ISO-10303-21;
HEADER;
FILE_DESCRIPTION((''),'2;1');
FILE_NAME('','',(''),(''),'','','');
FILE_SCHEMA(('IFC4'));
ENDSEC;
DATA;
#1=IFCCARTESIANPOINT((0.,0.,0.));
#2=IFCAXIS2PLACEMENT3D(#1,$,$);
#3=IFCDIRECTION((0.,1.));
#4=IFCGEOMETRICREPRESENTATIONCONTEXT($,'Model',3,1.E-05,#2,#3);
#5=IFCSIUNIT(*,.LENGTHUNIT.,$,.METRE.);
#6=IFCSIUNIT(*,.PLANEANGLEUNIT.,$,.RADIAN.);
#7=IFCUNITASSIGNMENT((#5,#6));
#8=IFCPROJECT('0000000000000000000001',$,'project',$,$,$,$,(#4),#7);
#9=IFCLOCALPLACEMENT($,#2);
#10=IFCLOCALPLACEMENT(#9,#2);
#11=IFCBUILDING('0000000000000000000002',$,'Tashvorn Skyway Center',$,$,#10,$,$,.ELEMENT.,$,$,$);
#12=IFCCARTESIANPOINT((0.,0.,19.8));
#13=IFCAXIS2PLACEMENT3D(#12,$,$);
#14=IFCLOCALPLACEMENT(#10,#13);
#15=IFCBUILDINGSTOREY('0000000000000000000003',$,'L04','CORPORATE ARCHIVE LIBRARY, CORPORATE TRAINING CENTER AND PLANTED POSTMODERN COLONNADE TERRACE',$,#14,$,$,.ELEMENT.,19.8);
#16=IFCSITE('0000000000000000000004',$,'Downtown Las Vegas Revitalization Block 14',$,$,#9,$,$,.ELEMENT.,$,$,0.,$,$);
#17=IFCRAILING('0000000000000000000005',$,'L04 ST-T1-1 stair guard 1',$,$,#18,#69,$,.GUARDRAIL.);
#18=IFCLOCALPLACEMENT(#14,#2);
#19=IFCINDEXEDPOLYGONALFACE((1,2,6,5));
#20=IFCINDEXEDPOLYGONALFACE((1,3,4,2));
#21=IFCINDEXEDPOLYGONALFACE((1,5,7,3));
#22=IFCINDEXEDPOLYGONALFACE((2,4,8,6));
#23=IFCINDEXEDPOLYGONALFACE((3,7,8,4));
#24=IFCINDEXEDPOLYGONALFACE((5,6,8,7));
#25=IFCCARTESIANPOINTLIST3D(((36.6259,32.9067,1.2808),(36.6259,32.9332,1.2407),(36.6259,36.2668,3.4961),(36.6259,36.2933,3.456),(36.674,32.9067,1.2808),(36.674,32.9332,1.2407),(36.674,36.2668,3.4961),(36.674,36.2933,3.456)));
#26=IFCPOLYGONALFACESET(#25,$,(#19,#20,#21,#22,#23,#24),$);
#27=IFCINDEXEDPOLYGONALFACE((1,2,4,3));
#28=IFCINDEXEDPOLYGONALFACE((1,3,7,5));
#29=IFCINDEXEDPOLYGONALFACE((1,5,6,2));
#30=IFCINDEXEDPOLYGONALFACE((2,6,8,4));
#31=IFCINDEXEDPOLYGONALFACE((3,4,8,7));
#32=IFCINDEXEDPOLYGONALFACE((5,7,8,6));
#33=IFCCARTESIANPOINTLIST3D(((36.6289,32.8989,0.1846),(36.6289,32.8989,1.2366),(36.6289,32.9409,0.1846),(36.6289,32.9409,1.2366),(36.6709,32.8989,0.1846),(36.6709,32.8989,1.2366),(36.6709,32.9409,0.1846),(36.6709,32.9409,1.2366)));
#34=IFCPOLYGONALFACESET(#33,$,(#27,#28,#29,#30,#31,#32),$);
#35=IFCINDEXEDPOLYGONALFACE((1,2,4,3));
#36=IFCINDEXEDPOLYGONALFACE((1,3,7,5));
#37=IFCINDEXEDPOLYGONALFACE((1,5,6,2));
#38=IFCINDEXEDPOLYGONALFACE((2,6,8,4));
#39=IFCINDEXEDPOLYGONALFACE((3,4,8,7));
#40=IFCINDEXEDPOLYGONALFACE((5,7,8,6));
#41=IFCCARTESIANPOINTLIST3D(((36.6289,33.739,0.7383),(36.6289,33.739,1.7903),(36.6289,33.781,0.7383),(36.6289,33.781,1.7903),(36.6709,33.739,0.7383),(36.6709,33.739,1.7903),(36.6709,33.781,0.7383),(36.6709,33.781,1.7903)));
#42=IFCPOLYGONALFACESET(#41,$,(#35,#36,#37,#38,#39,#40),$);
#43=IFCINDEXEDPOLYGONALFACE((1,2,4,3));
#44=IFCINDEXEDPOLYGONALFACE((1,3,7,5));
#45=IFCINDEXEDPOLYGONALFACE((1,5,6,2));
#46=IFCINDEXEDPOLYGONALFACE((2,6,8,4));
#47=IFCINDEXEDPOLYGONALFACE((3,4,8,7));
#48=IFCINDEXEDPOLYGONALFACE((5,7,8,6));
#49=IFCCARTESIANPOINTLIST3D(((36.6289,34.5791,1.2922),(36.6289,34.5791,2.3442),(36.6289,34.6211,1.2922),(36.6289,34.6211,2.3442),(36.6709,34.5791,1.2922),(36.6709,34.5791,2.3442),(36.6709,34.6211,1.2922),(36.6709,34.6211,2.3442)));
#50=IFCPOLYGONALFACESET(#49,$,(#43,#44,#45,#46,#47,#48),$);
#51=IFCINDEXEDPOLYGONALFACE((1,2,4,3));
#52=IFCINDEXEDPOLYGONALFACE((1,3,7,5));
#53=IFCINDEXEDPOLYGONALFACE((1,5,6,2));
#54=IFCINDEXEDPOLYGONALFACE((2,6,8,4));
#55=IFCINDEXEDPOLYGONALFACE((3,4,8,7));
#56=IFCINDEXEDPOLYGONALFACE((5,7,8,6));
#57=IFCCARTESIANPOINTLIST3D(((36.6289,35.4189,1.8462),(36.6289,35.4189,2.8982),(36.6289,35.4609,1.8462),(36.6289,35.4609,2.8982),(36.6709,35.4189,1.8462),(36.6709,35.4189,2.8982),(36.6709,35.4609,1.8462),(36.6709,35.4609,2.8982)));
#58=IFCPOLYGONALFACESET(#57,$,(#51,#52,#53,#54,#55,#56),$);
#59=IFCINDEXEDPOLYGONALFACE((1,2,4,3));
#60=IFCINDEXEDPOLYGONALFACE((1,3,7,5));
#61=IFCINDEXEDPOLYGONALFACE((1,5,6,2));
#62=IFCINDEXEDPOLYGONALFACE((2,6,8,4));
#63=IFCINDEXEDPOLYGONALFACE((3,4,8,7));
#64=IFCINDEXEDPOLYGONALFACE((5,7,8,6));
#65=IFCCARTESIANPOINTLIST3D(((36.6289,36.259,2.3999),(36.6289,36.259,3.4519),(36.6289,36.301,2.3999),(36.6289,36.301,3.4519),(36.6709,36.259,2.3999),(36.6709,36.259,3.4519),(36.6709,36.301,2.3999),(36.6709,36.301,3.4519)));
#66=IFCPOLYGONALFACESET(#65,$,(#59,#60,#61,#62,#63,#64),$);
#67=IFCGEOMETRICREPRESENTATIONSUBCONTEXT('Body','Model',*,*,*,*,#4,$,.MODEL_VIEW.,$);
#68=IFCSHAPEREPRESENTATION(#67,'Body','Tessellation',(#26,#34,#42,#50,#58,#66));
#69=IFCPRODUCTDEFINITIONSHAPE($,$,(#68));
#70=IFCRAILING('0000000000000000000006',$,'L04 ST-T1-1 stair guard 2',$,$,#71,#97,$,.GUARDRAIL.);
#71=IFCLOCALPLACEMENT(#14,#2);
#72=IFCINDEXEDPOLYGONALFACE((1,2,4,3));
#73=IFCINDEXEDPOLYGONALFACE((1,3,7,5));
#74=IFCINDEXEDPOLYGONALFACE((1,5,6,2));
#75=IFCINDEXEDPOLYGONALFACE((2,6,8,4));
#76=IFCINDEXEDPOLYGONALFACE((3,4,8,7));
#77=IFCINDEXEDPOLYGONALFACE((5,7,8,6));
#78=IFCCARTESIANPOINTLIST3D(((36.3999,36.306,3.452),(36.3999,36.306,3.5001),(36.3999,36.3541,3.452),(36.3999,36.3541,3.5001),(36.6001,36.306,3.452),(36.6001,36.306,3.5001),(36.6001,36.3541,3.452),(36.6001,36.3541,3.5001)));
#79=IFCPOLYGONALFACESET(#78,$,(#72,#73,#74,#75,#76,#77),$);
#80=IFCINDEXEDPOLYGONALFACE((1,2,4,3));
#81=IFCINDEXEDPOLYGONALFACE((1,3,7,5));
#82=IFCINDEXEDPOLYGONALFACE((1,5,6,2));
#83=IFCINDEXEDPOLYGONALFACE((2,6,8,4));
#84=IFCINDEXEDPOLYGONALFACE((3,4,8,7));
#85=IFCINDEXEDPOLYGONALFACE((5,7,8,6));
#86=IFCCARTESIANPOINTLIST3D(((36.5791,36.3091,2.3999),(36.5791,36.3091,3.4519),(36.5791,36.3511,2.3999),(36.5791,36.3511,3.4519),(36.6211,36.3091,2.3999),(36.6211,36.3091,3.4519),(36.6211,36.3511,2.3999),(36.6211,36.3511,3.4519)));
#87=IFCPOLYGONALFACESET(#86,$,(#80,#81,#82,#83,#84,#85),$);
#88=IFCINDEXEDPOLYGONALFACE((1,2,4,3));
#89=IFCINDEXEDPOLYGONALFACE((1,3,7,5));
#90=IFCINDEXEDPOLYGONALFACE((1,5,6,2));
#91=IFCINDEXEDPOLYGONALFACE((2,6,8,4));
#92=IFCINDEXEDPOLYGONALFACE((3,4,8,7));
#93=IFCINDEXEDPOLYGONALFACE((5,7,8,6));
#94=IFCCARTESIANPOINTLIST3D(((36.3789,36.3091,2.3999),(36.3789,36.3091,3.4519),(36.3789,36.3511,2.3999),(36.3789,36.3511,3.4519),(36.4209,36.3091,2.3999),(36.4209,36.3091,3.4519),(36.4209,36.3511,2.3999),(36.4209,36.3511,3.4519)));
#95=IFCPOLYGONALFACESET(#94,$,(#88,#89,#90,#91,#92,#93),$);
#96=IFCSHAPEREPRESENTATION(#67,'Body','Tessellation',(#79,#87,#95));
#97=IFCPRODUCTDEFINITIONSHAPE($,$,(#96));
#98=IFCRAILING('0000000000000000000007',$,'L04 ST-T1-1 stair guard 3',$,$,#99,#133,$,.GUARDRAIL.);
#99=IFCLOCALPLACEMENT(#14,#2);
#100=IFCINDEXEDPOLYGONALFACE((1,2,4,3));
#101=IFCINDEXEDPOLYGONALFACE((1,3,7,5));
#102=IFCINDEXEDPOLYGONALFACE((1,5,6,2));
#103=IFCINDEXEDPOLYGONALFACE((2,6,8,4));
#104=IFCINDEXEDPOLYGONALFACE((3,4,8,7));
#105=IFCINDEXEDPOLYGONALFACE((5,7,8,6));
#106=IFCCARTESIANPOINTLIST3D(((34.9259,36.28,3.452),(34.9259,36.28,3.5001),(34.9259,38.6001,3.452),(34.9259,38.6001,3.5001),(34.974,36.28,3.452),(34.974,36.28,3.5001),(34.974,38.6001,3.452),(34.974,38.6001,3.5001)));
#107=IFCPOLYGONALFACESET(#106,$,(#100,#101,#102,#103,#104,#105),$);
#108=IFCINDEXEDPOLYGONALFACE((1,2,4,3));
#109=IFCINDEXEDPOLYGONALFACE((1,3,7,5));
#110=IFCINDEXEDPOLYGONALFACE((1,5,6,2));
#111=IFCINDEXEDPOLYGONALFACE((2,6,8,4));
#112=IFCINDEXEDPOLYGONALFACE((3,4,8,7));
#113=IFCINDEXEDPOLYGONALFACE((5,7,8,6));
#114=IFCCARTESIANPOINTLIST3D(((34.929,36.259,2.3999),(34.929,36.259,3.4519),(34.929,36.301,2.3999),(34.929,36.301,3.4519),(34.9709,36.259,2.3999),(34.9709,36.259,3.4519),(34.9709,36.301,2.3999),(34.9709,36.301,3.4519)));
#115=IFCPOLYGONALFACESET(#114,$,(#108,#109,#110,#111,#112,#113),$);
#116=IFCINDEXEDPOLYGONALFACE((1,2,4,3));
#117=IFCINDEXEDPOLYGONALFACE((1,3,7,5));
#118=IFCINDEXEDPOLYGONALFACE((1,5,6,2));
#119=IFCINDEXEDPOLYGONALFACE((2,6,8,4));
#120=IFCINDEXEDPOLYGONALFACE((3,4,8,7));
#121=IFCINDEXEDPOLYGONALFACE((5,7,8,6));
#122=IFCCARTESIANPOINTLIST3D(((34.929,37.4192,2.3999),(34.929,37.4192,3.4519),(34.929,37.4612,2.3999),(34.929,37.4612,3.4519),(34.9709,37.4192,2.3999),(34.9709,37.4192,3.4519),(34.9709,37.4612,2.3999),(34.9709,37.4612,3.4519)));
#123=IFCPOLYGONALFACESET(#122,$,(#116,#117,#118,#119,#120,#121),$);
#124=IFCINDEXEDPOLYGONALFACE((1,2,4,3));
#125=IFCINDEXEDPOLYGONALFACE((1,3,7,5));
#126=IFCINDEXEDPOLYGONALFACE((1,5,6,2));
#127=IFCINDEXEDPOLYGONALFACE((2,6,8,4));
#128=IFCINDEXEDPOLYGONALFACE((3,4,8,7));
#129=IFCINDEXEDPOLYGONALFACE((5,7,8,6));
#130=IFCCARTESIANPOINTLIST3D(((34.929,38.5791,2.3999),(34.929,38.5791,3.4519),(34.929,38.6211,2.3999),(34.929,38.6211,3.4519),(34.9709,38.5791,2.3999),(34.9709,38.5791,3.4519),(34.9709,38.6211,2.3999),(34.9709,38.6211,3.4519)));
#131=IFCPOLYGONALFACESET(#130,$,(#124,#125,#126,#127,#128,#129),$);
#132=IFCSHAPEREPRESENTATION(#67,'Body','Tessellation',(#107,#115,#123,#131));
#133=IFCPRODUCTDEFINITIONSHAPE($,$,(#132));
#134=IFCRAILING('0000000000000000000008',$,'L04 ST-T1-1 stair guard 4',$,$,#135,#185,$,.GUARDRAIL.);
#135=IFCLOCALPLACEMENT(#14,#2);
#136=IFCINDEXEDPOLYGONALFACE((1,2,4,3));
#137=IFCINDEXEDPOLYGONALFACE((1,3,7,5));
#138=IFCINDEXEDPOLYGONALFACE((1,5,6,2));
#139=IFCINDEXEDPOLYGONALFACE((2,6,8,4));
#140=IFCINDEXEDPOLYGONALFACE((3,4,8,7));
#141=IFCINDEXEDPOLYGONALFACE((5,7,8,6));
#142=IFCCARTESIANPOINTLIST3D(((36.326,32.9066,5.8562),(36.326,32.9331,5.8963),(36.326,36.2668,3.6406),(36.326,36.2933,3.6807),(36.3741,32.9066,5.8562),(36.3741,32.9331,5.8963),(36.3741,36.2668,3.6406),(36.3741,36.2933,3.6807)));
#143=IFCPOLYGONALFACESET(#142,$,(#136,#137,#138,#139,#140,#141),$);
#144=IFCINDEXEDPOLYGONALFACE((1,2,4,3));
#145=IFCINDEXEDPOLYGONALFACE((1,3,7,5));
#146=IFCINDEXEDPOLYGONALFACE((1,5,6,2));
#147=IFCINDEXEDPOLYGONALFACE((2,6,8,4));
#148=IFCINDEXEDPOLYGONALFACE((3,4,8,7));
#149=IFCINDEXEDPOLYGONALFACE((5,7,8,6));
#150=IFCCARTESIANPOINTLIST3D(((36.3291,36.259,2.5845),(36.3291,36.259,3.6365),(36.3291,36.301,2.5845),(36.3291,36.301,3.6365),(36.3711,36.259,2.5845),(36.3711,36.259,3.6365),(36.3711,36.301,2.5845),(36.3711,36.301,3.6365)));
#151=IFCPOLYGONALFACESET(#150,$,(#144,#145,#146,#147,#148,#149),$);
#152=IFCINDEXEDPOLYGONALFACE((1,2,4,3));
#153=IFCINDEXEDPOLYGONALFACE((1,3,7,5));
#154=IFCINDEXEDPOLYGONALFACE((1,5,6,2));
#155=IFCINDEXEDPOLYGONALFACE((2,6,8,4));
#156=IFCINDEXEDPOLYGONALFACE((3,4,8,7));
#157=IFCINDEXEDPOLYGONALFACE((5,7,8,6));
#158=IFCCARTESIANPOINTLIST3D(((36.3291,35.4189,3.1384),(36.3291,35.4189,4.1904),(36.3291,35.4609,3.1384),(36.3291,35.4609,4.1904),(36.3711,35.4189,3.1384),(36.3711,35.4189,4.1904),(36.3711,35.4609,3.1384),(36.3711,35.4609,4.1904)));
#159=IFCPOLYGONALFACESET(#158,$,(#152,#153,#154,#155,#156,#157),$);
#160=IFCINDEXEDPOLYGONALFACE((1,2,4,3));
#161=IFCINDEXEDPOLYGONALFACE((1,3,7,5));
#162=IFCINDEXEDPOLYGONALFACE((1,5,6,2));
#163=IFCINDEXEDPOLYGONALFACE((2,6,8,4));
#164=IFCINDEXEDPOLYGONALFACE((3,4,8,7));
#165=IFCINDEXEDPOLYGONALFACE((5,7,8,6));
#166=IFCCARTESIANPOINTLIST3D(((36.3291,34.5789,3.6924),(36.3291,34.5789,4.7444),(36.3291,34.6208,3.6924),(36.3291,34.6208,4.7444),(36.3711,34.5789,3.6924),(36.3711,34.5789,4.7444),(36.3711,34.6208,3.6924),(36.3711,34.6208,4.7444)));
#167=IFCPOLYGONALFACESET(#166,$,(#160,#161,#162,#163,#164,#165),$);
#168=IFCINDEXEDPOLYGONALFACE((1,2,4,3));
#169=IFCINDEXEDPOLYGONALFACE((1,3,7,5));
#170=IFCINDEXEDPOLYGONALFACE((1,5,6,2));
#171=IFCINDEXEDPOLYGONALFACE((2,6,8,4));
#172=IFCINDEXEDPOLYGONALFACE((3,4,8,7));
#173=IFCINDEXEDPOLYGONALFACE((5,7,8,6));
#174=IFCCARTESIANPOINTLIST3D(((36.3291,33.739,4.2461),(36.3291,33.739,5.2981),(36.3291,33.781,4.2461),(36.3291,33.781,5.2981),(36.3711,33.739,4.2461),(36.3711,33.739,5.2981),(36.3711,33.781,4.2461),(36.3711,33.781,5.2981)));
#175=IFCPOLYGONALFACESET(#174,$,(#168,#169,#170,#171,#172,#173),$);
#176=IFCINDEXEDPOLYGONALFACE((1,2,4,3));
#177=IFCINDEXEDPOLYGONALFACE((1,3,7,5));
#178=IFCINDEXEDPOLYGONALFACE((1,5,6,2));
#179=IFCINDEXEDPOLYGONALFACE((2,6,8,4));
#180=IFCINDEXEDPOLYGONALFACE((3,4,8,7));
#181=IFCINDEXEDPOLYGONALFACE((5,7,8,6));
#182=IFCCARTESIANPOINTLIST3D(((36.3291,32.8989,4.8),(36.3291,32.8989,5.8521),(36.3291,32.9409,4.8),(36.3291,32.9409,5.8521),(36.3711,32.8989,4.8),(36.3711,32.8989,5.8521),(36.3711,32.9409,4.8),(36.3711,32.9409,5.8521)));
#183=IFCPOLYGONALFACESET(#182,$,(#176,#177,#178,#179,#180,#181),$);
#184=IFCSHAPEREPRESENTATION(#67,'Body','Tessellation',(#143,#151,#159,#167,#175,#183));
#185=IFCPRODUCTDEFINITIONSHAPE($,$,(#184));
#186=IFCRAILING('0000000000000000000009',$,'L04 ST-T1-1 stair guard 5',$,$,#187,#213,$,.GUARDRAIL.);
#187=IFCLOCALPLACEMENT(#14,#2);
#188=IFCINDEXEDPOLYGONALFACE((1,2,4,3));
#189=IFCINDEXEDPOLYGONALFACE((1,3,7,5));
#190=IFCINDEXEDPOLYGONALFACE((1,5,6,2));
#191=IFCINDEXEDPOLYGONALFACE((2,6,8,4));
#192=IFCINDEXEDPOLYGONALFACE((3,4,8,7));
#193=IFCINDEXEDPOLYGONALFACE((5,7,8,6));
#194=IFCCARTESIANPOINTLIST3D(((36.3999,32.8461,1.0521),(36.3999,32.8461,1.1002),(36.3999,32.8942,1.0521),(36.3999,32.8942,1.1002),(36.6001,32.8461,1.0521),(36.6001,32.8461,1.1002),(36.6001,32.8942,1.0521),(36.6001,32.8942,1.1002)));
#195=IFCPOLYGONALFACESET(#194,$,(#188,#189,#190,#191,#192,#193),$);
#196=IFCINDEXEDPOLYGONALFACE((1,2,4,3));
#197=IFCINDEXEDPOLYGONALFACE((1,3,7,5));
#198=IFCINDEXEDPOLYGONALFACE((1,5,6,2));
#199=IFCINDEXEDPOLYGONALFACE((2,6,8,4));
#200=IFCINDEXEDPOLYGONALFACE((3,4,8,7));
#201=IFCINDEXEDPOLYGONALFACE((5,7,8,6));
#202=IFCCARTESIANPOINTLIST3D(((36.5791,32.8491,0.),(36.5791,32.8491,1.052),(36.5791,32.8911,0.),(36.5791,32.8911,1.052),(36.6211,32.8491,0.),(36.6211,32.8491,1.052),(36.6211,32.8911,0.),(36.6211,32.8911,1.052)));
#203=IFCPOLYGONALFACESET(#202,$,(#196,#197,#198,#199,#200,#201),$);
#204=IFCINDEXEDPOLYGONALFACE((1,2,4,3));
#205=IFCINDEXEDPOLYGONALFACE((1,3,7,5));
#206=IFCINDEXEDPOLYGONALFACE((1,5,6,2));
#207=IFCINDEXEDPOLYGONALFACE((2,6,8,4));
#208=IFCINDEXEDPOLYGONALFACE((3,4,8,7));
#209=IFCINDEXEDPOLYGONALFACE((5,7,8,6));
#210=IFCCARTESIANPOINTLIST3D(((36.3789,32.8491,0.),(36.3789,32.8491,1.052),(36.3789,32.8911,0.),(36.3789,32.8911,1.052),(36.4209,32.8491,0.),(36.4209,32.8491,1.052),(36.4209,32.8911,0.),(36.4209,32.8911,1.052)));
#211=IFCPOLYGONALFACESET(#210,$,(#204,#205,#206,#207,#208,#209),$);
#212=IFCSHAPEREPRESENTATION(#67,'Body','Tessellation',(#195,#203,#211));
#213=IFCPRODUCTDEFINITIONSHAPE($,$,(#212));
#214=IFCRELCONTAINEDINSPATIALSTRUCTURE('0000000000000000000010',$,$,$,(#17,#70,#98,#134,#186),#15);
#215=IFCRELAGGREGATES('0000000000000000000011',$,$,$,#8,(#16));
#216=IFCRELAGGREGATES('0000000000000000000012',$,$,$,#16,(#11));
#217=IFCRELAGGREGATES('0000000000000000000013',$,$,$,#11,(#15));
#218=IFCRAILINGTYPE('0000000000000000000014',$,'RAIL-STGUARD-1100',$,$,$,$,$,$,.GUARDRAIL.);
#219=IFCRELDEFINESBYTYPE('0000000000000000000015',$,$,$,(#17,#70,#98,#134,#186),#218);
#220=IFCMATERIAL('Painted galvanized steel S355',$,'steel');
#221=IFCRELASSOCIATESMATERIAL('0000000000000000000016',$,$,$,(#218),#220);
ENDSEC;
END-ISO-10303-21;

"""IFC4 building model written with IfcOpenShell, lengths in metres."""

from ifc_helpers import new_model, si_unit, direction, frame, origin, origin_2d, place, context, subcontext, project, spatial, rectangle, extrude, material, type_object, element, save


model = new_model("IFC4")

# Units and contexts
model_context = context("Model", 3, precision=1e-05, world=origin(), true_north=direction((0.0, 1.0)))
body_context = subcontext(model_context, "Body", "Model", "MODEL_VIEW")
ifc_project = project(units=[si_unit("LENGTHUNIT", "METRE"), si_unit("PLANEANGLEUNIT", "RADIAN")], contexts=[model_context])

# Site, building, storey
site_placement = place(None, origin())
site = spatial("IfcSite", under=ifc_project, at=site_placement, Name="Downtown Las Vegas Revitalization Block 14", CompositionType="ELEMENT", RefElevation=0.0)
building_placement = place(site_placement, origin())
building = spatial("IfcBuilding", under=site, at=building_placement, Name="Tashvorn Skyway Center", CompositionType="ELEMENT")
storey_placement = place(building_placement, frame((0.0, 0.0, 19.8)))
storey = spatial("IfcBuildingStorey", under=building, at=storey_placement, Name="L04", Description="CORPORATE ARCHIVE LIBRARY, CORPORATE TRAINING CENTER AND PLANTED POSTMODERN COLONNADE TERRACE", CompositionType="ELEMENT", Elevation=19.8)

# Railings
ifc_material_1 = material(Name="Painted galvanized steel S355", Category="steel")
railing_type_1 = type_object("IfcRailingType", Name="RAIL-STGUARD-1100", PredefinedType="GUARDRAIL", material=ifc_material_1)
railing_1_placement = place(storey_placement, frame((36.6499, 32.9199, 0.1846)))
element("IfcRailing", 1, at=railing_1_placement, inside=storey, type_object=railing_type_1, Name="L04 ST-T1-1 stair guard 1", PredefinedType="GUARDRAIL", context=body_context, shape_type="SweptSolid", body=[
    extrude(rectangle(XDim=0.0481, YDim=0.0481, at=origin_2d()), frame((0.0, 0.0, 1.0762), z_axis=(0.0, 0.834876, 0.550437), x_axis=(-1.0, 0.0, 0.0)), (0.0, 0.0, 1.0), 4.0247),
    extrude(rectangle(XDim=0.042, YDim=0.042, at=origin_2d()), origin(), (0.0, 0.0, 1.0), 1.052),
    extrude(rectangle(XDim=0.042, YDim=0.042, at=origin_2d()), frame((0.0, 0.8401, 0.5537)), (0.0, 0.0, 1.0), 1.052),
    extrude(rectangle(XDim=0.042, YDim=0.042, at=origin_2d()), frame((0.0, 1.6802, 1.1077)), (0.0, 0.0, 1.0), 1.052),
    extrude(rectangle(XDim=0.042, YDim=0.042, at=origin_2d()), frame((0.0, 2.52, 1.6616)), (0.0, 0.0, 1.0), 1.052),
    extrude(rectangle(XDim=0.042, YDim=0.042, at=origin_2d()), frame((0.0, 3.3601, 2.2153)), (0.0, 0.0, 1.0), 1.052),
])
railing_2_placement = place(storey_placement, frame((36.6001, 36.3301, 2.3999)))
element("IfcRailing", 2, at=railing_2_placement, inside=storey, type_object=railing_type_1, Name="L04 ST-T1-1 stair guard 2", PredefinedType="GUARDRAIL", context=body_context, shape_type="SweptSolid", body=[
    extrude(rectangle(XDim=0.0481, YDim=0.0481, at=origin_2d()), frame((0.0, 0.0, 1.0762), z_axis=(-1.0, 0.0, 0.0), x_axis=(0.0, -1.0, 0.0)), (0.0, 0.0, 1.0), 0.2002),
    extrude(rectangle(XDim=0.042, YDim=0.042, at=origin_2d()), origin(), (0.0, 0.0, 1.0), 1.052),
    extrude(rectangle(XDim=0.042, YDim=0.042, at=origin_2d()), frame((-0.2002, 0.0, 0.0)), (0.0, 0.0, 1.0), 1.052),
])
railing_3_placement = place(storey_placement, frame((34.95, 36.28, 2.3999)))
element("IfcRailing", 3, at=railing_3_placement, inside=storey, type_object=railing_type_1, Name="L04 ST-T1-1 stair guard 3", PredefinedType="GUARDRAIL", context=body_context, shape_type="SweptSolid", body=[
    extrude(rectangle(XDim=0.0481, YDim=0.0481, at=origin_2d()), frame((0.0, 0.0, 1.0762), z_axis=(0.0, 1.0, 0.0), x_axis=(-1.0, 0.0, 0.0)), (0.0, 0.0, 1.0), 2.3201),
    extrude(rectangle(XDim=0.042, YDim=0.042, at=origin_2d()), origin(), (0.0, 0.0, 1.0), 1.052),
    extrude(rectangle(XDim=0.042, YDim=0.042, at=origin_2d()), frame((0.0, 1.1602, 0.0)), (0.0, 0.0, 1.0), 1.052),
    extrude(rectangle(XDim=0.042, YDim=0.042, at=origin_2d()), frame((0.0, 2.3201, 0.0)), (0.0, 0.0, 1.0), 1.052),
])
railing_4_placement = place(storey_placement, frame((36.3501, 36.28, 2.5845)))
element("IfcRailing", 4, at=railing_4_placement, inside=storey, type_object=railing_type_1, Name="L04 ST-T1-1 stair guard 4", PredefinedType="GUARDRAIL", context=body_context, shape_type="SweptSolid", body=[
    extrude(rectangle(XDim=0.0481, YDim=0.0481, at=origin_2d()), frame((0.0, 0.0, 1.0762), z_axis=(0.0, -0.834849, 0.55048), x_axis=(1.0, 0.0, 0.0)), (0.0, 0.0, 1.0), 4.0249),
    extrude(rectangle(XDim=0.042, YDim=0.042, at=origin_2d()), origin(), (0.0, 0.0, 1.0), 1.052),
    extrude(rectangle(XDim=0.042, YDim=0.042, at=origin_2d()), frame((0.0, -0.8401, 0.554)), (0.0, 0.0, 1.0), 1.052),
    extrude(rectangle(XDim=0.042, YDim=0.042, at=origin_2d()), frame((0.0, -1.6802, 1.1079)), (0.0, 0.0, 1.0), 1.052),
    extrude(rectangle(XDim=0.042, YDim=0.042, at=origin_2d()), frame((0.0, -2.52, 1.6616)), (0.0, 0.0, 1.0), 1.052),
    extrude(rectangle(XDim=0.042, YDim=0.042, at=origin_2d()), frame((0.0, -3.3601, 2.2156)), (0.0, 0.0, 1.0), 1.052),
])
railing_5_placement = place(storey_placement, frame((36.6001, 32.8701, 0.0)))
element("IfcRailing", 5, at=railing_5_placement, inside=storey, type_object=railing_type_1, Name="L04 ST-T1-1 stair guard 5", PredefinedType="GUARDRAIL", context=body_context, shape_type="SweptSolid", body=[
    extrude(rectangle(XDim=0.0481, YDim=0.0481, at=origin_2d()), frame((0.0, 0.0, 1.0762), z_axis=(-1.0, 0.0, 0.0), x_axis=(0.0, -1.0, 0.0)), (0.0, 0.0, 1.0), 0.2002),
    extrude(rectangle(XDim=0.042, YDim=0.042, at=origin_2d()), origin(), (0.0, 0.0, 1.0), 1.052),
    extrude(rectangle(XDim=0.042, YDim=0.042, at=origin_2d()), frame((-0.2002, 0.0, 0.0)), (0.0, 0.0, 1.0), 1.052),
])

save(model, "model.ifc")
